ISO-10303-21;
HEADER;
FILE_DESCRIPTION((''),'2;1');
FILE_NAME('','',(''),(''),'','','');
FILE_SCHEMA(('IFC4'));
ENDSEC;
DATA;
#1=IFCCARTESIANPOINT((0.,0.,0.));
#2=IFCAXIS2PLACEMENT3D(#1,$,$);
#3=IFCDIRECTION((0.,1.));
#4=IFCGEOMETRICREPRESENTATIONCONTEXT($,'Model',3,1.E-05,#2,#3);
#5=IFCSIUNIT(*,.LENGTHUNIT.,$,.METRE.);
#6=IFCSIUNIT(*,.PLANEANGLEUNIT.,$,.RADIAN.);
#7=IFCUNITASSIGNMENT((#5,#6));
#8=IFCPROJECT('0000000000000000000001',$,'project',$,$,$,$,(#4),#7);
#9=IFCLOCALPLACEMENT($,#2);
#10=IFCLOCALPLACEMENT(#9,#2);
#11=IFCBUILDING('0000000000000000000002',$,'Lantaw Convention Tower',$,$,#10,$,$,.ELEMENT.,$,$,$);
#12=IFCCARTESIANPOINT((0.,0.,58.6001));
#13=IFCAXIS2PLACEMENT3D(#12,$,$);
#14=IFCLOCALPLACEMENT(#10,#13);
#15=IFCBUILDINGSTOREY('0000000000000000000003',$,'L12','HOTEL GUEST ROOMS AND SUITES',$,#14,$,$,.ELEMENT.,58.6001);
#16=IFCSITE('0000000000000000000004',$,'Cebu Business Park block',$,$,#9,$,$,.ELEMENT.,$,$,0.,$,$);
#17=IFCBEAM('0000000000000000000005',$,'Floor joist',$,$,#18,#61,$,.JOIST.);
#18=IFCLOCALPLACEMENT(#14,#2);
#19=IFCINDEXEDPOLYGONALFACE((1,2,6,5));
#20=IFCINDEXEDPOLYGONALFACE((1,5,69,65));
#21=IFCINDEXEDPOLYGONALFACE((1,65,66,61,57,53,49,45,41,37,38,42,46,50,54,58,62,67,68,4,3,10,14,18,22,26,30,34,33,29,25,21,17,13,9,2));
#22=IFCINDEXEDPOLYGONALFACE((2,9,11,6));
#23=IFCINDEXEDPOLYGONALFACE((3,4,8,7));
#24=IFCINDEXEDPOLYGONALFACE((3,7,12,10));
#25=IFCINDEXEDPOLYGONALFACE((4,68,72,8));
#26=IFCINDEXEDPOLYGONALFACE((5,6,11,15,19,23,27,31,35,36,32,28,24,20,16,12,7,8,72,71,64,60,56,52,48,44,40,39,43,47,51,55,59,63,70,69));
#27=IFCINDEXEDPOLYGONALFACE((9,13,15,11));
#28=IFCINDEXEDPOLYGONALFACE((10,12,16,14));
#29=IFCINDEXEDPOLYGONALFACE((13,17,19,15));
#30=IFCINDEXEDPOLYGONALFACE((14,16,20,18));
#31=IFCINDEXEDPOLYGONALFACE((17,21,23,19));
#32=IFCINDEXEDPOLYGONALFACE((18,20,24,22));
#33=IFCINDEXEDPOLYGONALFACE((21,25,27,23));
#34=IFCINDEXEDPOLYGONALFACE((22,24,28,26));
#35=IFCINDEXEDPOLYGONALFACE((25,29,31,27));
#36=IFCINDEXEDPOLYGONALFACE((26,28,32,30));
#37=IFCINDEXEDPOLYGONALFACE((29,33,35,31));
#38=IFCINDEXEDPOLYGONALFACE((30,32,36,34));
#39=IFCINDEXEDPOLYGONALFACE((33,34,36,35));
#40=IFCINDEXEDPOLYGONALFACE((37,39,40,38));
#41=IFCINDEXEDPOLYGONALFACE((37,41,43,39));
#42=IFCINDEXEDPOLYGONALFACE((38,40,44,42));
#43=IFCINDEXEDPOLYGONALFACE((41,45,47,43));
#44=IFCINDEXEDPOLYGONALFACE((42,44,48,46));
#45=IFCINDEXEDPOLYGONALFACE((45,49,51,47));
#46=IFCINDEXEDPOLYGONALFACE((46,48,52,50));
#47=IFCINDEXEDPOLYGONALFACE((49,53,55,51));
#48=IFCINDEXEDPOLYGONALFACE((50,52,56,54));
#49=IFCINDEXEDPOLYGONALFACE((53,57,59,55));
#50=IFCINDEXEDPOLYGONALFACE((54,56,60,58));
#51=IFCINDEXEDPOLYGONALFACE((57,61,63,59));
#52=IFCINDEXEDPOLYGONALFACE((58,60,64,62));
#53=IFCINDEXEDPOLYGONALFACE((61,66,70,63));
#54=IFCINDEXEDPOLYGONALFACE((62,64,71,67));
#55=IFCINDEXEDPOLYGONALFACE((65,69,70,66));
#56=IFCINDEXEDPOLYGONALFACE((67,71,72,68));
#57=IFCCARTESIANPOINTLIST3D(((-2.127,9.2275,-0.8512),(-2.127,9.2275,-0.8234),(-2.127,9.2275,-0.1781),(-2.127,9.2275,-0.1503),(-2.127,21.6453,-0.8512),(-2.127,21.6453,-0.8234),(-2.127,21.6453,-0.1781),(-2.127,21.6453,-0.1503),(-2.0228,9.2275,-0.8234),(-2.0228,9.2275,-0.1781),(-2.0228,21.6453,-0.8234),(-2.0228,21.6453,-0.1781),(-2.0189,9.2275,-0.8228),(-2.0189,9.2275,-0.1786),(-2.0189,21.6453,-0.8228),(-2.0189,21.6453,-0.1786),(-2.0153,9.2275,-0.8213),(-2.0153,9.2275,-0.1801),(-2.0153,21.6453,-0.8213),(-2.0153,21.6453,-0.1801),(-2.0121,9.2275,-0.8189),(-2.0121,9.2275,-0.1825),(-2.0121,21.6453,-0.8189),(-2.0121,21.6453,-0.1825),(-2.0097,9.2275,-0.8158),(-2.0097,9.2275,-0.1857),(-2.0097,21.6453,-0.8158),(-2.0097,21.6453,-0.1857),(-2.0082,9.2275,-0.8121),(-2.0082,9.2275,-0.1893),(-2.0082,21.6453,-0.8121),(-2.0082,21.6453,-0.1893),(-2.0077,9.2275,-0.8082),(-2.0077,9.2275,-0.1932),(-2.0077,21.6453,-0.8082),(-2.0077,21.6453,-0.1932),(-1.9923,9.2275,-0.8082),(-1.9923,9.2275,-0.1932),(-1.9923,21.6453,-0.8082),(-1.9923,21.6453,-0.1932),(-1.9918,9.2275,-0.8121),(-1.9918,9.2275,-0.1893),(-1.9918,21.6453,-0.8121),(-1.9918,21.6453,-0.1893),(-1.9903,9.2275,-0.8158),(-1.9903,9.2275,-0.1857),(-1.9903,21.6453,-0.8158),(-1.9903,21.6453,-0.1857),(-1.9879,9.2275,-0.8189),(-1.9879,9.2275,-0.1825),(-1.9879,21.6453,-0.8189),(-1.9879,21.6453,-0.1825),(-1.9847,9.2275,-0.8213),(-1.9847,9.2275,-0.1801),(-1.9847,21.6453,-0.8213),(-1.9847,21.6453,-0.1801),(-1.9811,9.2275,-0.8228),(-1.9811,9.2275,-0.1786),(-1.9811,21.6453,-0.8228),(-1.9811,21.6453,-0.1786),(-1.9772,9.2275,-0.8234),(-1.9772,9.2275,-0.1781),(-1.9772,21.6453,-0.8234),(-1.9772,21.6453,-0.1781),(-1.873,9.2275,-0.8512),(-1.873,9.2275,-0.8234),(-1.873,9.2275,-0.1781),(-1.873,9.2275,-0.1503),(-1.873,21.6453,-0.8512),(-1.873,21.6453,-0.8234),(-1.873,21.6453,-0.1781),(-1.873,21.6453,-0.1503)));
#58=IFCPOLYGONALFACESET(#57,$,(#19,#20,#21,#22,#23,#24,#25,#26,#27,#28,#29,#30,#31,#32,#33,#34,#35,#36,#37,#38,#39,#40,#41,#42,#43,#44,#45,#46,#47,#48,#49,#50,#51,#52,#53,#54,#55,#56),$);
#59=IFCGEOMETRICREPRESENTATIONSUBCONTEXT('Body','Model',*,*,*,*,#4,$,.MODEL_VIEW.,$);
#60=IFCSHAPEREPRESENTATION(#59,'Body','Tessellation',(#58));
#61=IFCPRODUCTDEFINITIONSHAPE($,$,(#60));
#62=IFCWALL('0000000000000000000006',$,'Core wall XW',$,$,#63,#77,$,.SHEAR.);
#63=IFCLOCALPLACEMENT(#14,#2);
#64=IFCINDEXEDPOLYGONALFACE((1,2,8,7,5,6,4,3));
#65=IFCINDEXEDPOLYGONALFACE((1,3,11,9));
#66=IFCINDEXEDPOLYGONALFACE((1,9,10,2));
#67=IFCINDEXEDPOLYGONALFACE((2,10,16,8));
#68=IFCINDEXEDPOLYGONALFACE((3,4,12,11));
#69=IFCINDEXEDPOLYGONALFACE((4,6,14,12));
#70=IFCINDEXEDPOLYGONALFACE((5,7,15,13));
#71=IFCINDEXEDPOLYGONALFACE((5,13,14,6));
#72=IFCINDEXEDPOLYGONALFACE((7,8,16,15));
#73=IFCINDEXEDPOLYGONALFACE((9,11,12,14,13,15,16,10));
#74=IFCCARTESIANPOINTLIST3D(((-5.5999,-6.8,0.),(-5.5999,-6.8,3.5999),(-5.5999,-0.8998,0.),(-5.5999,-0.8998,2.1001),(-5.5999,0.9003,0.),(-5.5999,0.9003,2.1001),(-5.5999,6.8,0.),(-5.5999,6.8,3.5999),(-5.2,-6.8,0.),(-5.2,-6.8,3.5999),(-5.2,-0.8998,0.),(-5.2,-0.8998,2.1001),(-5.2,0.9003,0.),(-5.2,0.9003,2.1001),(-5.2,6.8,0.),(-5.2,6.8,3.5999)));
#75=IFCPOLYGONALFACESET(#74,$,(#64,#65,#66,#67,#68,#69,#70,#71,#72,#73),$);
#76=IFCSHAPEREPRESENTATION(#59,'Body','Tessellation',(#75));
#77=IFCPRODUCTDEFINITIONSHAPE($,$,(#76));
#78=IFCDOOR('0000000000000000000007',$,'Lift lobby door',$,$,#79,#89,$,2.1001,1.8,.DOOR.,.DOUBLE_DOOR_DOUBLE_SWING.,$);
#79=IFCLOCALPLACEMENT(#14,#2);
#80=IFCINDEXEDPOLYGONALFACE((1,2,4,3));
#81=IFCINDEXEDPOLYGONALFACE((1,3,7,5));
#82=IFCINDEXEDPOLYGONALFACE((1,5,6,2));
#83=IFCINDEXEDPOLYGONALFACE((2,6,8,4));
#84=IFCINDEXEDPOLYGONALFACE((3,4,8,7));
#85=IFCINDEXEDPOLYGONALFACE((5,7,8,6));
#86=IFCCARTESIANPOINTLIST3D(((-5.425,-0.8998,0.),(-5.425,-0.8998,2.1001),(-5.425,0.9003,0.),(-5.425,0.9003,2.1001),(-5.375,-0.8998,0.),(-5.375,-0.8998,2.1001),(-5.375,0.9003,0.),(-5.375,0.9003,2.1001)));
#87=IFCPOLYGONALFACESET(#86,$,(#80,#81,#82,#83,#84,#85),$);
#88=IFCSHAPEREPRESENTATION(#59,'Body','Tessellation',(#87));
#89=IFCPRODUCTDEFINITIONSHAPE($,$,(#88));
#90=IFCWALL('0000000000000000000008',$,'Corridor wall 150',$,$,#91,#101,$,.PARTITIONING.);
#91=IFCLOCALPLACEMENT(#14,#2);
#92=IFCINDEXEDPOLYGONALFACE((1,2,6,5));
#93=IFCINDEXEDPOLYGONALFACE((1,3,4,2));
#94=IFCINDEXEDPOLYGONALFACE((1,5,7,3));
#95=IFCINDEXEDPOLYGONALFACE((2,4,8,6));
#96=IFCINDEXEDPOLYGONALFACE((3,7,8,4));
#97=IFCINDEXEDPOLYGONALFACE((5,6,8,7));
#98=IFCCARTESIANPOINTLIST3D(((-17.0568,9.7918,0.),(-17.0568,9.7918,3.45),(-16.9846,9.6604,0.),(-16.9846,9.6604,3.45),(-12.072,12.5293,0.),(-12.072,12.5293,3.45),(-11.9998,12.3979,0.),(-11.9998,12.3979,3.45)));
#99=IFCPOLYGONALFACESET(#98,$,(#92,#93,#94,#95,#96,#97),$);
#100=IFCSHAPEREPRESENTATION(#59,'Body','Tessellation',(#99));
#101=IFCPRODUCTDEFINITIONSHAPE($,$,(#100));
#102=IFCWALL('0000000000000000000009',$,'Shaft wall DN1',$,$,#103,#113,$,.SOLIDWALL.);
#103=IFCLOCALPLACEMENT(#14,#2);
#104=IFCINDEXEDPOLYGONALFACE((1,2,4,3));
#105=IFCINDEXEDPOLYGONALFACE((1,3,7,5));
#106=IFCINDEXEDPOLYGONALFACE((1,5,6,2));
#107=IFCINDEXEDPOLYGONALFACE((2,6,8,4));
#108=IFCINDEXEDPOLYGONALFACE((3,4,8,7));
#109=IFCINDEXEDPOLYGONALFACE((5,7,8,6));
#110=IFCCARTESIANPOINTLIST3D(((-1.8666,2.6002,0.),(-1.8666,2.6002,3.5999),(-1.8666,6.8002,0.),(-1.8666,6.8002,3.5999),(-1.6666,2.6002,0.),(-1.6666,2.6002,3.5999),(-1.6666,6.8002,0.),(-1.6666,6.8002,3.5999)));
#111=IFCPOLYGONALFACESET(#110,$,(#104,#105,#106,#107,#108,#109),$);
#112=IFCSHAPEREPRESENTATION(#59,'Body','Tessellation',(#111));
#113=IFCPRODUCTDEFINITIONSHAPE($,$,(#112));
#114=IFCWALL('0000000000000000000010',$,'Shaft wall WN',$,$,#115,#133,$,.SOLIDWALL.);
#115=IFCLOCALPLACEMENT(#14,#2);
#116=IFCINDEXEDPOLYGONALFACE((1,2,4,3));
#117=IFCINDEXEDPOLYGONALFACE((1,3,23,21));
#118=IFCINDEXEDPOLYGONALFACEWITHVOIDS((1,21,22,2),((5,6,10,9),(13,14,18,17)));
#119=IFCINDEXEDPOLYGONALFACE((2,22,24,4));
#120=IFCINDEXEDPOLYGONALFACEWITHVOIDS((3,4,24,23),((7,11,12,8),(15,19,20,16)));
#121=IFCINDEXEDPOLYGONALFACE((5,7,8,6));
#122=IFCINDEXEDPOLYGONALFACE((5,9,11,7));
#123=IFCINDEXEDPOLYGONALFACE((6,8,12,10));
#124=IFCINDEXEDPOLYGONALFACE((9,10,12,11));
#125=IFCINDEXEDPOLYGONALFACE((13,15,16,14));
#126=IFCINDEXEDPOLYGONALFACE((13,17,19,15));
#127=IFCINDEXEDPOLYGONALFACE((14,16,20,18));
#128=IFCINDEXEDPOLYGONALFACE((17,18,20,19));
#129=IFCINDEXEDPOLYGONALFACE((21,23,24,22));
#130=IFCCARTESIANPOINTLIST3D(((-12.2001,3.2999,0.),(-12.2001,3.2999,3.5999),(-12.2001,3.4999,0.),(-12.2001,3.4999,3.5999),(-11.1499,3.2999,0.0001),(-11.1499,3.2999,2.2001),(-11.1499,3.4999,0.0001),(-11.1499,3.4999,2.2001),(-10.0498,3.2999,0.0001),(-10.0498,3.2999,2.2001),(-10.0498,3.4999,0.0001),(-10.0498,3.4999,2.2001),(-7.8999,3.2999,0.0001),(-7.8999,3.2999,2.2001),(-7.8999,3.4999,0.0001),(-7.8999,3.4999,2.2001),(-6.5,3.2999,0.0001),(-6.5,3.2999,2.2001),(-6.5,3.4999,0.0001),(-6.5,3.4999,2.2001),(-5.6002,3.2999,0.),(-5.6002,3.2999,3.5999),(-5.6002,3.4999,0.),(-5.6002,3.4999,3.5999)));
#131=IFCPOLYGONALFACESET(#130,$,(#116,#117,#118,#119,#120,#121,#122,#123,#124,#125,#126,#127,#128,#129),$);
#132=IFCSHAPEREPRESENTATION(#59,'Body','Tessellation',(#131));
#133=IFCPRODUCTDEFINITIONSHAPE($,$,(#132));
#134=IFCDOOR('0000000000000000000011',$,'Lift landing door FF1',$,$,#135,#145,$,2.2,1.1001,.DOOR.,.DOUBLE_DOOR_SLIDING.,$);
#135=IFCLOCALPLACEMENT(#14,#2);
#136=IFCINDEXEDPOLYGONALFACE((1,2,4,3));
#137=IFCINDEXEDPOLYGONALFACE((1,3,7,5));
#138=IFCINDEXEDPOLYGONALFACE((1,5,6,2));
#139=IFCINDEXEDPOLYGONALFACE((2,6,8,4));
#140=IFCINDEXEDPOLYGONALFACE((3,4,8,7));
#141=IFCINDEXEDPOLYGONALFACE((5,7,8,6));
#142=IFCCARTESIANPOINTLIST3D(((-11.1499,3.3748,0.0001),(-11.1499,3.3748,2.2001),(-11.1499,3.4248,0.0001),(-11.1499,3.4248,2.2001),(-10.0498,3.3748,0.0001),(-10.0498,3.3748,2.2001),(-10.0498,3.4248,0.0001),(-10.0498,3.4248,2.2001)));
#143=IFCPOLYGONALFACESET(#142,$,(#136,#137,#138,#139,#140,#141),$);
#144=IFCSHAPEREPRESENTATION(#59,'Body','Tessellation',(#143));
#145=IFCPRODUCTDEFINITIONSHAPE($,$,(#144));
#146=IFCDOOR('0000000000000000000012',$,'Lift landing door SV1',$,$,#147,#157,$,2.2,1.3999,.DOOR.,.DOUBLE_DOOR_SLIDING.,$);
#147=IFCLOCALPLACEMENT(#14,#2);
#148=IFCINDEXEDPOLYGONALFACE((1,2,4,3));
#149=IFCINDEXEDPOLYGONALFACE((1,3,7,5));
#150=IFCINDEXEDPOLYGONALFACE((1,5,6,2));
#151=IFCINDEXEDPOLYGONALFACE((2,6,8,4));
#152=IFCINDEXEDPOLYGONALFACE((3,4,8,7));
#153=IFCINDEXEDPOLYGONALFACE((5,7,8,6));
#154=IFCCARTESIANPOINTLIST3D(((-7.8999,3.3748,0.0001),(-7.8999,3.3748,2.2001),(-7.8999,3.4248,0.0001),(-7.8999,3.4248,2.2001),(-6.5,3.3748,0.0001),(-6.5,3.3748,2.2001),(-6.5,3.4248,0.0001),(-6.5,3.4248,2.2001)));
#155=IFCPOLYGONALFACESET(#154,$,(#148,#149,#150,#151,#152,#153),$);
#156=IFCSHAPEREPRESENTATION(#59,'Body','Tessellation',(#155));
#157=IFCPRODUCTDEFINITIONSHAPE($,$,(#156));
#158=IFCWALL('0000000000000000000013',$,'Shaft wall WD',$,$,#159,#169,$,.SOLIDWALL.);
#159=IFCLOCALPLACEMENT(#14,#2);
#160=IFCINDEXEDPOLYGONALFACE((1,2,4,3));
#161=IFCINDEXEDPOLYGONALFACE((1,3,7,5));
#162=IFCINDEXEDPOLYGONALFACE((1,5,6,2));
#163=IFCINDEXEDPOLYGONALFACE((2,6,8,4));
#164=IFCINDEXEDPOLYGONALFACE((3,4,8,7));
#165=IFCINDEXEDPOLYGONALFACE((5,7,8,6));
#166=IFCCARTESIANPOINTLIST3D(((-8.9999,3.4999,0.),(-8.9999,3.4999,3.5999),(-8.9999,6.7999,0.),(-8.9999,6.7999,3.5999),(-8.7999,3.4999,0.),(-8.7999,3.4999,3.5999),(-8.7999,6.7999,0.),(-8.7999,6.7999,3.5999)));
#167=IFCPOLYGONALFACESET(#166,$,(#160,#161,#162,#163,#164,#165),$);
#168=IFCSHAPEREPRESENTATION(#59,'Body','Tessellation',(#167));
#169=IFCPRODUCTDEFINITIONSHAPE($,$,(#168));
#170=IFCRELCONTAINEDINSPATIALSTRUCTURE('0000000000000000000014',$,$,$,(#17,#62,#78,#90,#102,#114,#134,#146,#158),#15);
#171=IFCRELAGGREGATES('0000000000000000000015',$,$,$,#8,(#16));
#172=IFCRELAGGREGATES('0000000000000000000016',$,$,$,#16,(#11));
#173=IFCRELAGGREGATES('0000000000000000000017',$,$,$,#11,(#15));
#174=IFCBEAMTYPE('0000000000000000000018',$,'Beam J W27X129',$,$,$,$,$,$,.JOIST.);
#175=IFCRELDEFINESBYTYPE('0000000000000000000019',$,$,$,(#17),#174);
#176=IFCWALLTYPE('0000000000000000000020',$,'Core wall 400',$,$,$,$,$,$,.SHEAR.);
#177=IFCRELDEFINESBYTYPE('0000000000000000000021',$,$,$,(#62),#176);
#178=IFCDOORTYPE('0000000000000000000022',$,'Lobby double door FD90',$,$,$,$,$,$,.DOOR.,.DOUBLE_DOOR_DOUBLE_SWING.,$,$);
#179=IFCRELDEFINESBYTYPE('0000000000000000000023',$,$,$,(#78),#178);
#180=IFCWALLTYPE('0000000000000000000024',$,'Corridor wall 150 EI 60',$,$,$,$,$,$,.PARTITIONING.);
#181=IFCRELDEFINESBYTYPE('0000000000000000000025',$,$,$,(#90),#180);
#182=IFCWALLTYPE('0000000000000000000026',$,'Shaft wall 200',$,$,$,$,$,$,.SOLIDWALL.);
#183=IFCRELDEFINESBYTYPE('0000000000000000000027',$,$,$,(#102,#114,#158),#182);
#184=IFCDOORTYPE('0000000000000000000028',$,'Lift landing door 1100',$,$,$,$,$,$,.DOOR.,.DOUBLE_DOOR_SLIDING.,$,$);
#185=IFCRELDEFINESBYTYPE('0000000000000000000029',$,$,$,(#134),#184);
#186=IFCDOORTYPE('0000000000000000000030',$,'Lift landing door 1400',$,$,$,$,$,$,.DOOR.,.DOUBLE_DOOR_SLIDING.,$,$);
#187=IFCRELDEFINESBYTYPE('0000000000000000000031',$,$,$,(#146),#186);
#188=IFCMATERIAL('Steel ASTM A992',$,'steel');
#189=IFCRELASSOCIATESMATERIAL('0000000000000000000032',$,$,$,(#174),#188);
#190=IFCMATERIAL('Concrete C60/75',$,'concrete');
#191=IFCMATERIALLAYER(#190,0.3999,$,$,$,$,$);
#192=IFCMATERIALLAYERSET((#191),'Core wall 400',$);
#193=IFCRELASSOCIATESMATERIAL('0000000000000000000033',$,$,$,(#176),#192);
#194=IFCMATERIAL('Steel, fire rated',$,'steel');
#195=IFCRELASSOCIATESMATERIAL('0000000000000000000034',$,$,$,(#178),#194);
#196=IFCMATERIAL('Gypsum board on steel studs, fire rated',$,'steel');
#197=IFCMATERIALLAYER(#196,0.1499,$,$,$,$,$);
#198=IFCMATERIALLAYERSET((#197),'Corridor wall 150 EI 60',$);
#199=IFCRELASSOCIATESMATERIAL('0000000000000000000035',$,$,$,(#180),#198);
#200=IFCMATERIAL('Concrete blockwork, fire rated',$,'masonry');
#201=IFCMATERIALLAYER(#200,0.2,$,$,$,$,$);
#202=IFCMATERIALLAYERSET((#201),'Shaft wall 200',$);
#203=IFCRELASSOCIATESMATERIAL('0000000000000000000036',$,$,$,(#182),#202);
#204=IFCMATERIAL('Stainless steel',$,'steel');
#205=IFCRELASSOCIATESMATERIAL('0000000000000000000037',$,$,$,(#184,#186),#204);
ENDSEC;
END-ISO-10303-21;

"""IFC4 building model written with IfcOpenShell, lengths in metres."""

from ifc_helpers import new_model, si_unit, direction, frame, frame_2d, origin, origin_2d, place, context, subcontext, project, spatial, rectangle, i_section, extrude, material, layer, layer_set, material_profile, profile_set, type_object, element, fill, save


model = new_model("IFC4")

# Units and contexts
model_context = context("Model", 3, precision=1e-05, world=origin(), true_north=direction((0.0, 1.0)))
body_context = subcontext(model_context, "Body", "Model", "MODEL_VIEW")
ifc_project = project(units=[si_unit("LENGTHUNIT", "METRE"), si_unit("PLANEANGLEUNIT", "RADIAN")], contexts=[model_context])

# Site, building, storey
site_placement = place(None, origin())
site = spatial("IfcSite", under=ifc_project, at=site_placement, Name="Cebu Business Park block", CompositionType="ELEMENT", RefElevation=0.0)
building_placement = place(site_placement, origin())
building = spatial("IfcBuilding", under=site, at=building_placement, Name="Lantaw Convention Tower", CompositionType="ELEMENT")
storey_placement = place(building_placement, frame((0.0, 0.0, 58.6001)))
storey = spatial("IfcBuildingStorey", under=building, at=storey_placement, Name="L12", Description="HOTEL GUEST ROOMS AND SUITES", CompositionType="ELEMENT", Elevation=58.6001)

# Beam
ifc_material_1 = material(Name="Steel ASTM A992", Category="steel")
ifc_material_profile_1 = material_profile(ifc_material_1, i_section(OverallWidth=0.2539, OverallDepth=0.7009, WebThickness=0.0154, FlangeThickness=0.0278, FilletRadius=0.0151, at=origin_2d()), Name="W27X129")
ifc_profile_set_1 = profile_set([ifc_material_profile_1], Name="Steel ASTM A992")
beam_type_1 = type_object("IfcBeamType", Name="Beam J W27X129", PredefinedType="JOIST", material=ifc_profile_set_1)
beam_1_placement = place(storey_placement, frame((-2.0, 9.2275, -0.5007), z_axis=(0.0, 1.0, 0.0), x_axis=(-1.0, 0.0, 0.0)))
element("IfcBeam", 1, at=beam_1_placement, inside=storey, type_object=beam_type_1, Name="Floor joist", PredefinedType="JOIST", context=body_context, shape_type="SweptSolid", body=[
    extrude(i_section(OverallWidth=0.2539, OverallDepth=0.7009, WebThickness=0.0154, FlangeThickness=0.0278, FilletRadius=0.0151, at=origin_2d()), origin(), (0.0, 0.0, 1.0), 12.4177),
])

# Wall, opening, door
ifc_material_2 = material(Name="Concrete C60/75", Category="concrete")
ifc_layer_1 = layer(ifc_material_2, 0.3999)
ifc_layer_set_1 = layer_set([ifc_layer_1], Name="Core wall 400")
wall_type_1 = type_object("IfcWallType", Name="Core wall 400", PredefinedType="SHEAR", material=ifc_layer_set_1)
wall_1_placement = place(storey_placement, frame((-5.3999, 6.8, 0.0), z_axis=(0.0, 0.0, 1.0), x_axis=(0.0, -1.0, 0.0)))
wall_1 = element("IfcWall", 2, at=wall_1_placement, inside=storey, type_object=wall_type_1, Name="Core wall XW", PredefinedType="SHEAR", context=body_context, shape_type="SweptSolid", body=[
    extrude(rectangle(XDim=13.6001, YDim=0.3999, at=frame_2d((6.8, 0.0))), origin(), (0.0, 0.0, 1.0), 3.5999),
])
opening_1_placement = place(wall_1_placement, frame((5.8999, 0.0, 0.0)))
opening_1 = element("IfcOpeningElement", 3, at=opening_1_placement, cuts=wall_1, PredefinedType="OPENING", context=body_context, shape_type="SweptSolid", body=[
    extrude(rectangle(XDim=1.8, YDim=2.1001, at=frame_2d((0.8999, 1.05))), frame((0.0, 0.21, 0.0), z_axis=(0.0, -1.0, 0.0), x_axis=(1.0, 0.0, 0.0)), (0.0, 0.0, 1.0), 0.4199),
])
ifc_material_3 = material(Name="Steel, fire rated", Category="steel")
door_type_1 = type_object("IfcDoorType", Name="Lobby double door FD90", OperationType="DOUBLE_DOOR_DOUBLE_SWING", PredefinedType="DOOR", material=ifc_material_3)
door_1_placement = place(opening_1_placement, origin())
door_1 = element("IfcDoor", 4, at=door_1_placement, inside=storey, type_object=door_type_1, Name="Lift lobby door", OperationType="DOUBLE_DOOR_DOUBLE_SWING", OverallHeight=2.1001, OverallWidth=1.8, PredefinedType="DOOR", context=body_context, shape_type="SweptSolid", body=[
    extrude(rectangle(XDim=1.8, YDim=2.1001, at=frame_2d((0.8999, 1.05))), frame((0.0, 0.0249, 0.0), z_axis=(0.0, -1.0, 0.0), x_axis=(1.0, 0.0, 0.0)), (0.0, 0.0, 1.0), 0.05),
])
fill(opening_1, door_1)

# Walls
ifc_material_4 = material(Name="Gypsum board on steel studs, fire rated", Category="steel")
ifc_layer_2 = layer(ifc_material_4, 0.1499)
ifc_layer_set_2 = layer_set([ifc_layer_2], Name="Corridor wall 150 EI 60")
wall_type_2 = type_object("IfcWallType", Name="Corridor wall 150 EI 60", PredefinedType="PARTITIONING", material=ifc_layer_set_2)
wall_2_placement = place(storey_placement, frame((-12.0359, 12.4636, 0.0), z_axis=(0.0, 0.0, 1.0), x_axis=(-0.876522, -0.481362, 0.0)))
element("IfcWall", 5, at=wall_2_placement, inside=storey, type_object=wall_type_2, Name="Corridor wall 150", PredefinedType="PARTITIONING", context=body_context, shape_type="SweptSolid", body=[
    extrude(rectangle(XDim=5.687, YDim=0.1499, at=frame_2d((2.8435, 0.0))), origin(), (0.0, 0.0, 1.0), 3.45),
])
ifc_material_5 = material(Name="Concrete blockwork, fire rated", Category="masonry")
ifc_layer_3 = layer(ifc_material_5, 0.2)
ifc_layer_set_3 = layer_set([ifc_layer_3], Name="Shaft wall 200")
wall_type_3 = type_object("IfcWallType", Name="Shaft wall 200", PredefinedType="SOLIDWALL", material=ifc_layer_set_3)
wall_3_placement = place(storey_placement, frame((-1.7666, 2.6001, 0.0), z_axis=(0.0, 0.0, 1.0), x_axis=(0.0, 1.0, 0.0)))
element("IfcWall", 6, at=wall_3_placement, inside=storey, type_object=wall_type_3, Name="Shaft wall DN1", PredefinedType="SOLIDWALL", context=body_context, shape_type="SweptSolid", body=[
    extrude(rectangle(XDim=4.2, YDim=0.2, at=frame_2d((2.1001, 0.0))), origin(), (0.0, 0.0, 1.0), 3.5999),
])

# Wall, openings, doors
wall_4_placement = place(storey_placement, frame((-12.2, 3.3999, 0.0), z_axis=(0.0, 0.0, 1.0), x_axis=(1.0, 0.0, 0.0)))
wall_4 = element("IfcWall", 7, at=wall_4_placement, inside=storey, type_object=wall_type_3, Name="Shaft wall WN", PredefinedType="SOLIDWALL", context=body_context, shape_type="SweptSolid", body=[
    extrude(rectangle(XDim=6.5999, YDim=0.2, at=frame_2d((3.2998, 0.0))), origin(), (0.0, 0.0, 1.0), 3.5999),
])
opening_2_placement = place(wall_4_placement, frame((1.05, 0.0, 0.0)))
opening_2 = element("IfcOpeningElement", 8, at=opening_2_placement, cuts=wall_4, PredefinedType="OPENING", context=body_context, shape_type="SweptSolid", body=[
    extrude(rectangle(XDim=1.1001, YDim=2.2, at=frame_2d((0.55, 1.1001))), frame((0.0, 0.1099, 0.0), z_axis=(0.0, -1.0, 0.0), x_axis=(1.0, 0.0, 0.0)), (0.0, 0.0, 1.0), 0.22),
])
opening_3_placement = place(wall_4_placement, frame((4.3, 0.0, 0.0)))
opening_3 = element("IfcOpeningElement", 9, at=opening_3_placement, cuts=wall_4, PredefinedType="OPENING", context=body_context, shape_type="SweptSolid", body=[
    extrude(rectangle(XDim=1.3999, YDim=2.2, at=frame_2d((0.7, 1.1001))), frame((0.0, 0.1099, 0.0), z_axis=(0.0, -1.0, 0.0), x_axis=(1.0, 0.0, 0.0)), (0.0, 0.0, 1.0), 0.22),
])
ifc_material_6 = material(Name="Stainless steel", Category="steel")
door_type_2 = type_object("IfcDoorType", Name="Lift landing door 1100", OperationType="DOUBLE_DOOR_SLIDING", PredefinedType="DOOR", material=ifc_material_6)
door_2_placement = place(opening_2_placement, origin())
door_2 = element("IfcDoor", 10, at=door_2_placement, inside=storey, type_object=door_type_2, Name="Lift landing door FF1", OperationType="DOUBLE_DOOR_SLIDING", OverallHeight=2.2, OverallWidth=1.1001, PredefinedType="DOOR", context=body_context, shape_type="SweptSolid", body=[
    extrude(rectangle(XDim=1.1001, YDim=2.2, at=frame_2d((0.55, 1.1001))), frame((0.0, 0.0249, 0.0), z_axis=(0.0, -1.0, 0.0), x_axis=(1.0, 0.0, 0.0)), (0.0, 0.0, 1.0), 0.05),
])
fill(opening_2, door_2)
door_type_3 = type_object("IfcDoorType", Name="Lift landing door 1400", OperationType="DOUBLE_DOOR_SLIDING", PredefinedType="DOOR", material=ifc_material_6)
door_3_placement = place(opening_3_placement, origin())
door_3 = element("IfcDoor", 11, at=door_3_placement, inside=storey, type_object=door_type_3, Name="Lift landing door SV1", OperationType="DOUBLE_DOOR_SLIDING", OverallHeight=2.2, OverallWidth=1.3999, PredefinedType="DOOR", context=body_context, shape_type="SweptSolid", body=[
    extrude(rectangle(XDim=1.3999, YDim=2.2, at=frame_2d((0.7, 1.1001))), frame((0.0, 0.0249, 0.0), z_axis=(0.0, -1.0, 0.0), x_axis=(1.0, 0.0, 0.0)), (0.0, 0.0, 1.0), 0.05),
])
fill(opening_3, door_3)

# Wall
wall_5_placement = place(storey_placement, frame((-8.8999, 3.5, 0.0), z_axis=(0.0, 0.0, 1.0), x_axis=(0.0, 1.0, 0.0)))
element("IfcWall", 12, at=wall_5_placement, inside=storey, type_object=wall_type_3, Name="Shaft wall WD", PredefinedType="SOLIDWALL", context=body_context, shape_type="SweptSolid", body=[
    extrude(rectangle(XDim=3.3, YDim=0.2, at=frame_2d((1.6499, 0.0))), origin(), (0.0, 0.0, 1.0), 3.5999),
])

save(model, "model.ifc")
